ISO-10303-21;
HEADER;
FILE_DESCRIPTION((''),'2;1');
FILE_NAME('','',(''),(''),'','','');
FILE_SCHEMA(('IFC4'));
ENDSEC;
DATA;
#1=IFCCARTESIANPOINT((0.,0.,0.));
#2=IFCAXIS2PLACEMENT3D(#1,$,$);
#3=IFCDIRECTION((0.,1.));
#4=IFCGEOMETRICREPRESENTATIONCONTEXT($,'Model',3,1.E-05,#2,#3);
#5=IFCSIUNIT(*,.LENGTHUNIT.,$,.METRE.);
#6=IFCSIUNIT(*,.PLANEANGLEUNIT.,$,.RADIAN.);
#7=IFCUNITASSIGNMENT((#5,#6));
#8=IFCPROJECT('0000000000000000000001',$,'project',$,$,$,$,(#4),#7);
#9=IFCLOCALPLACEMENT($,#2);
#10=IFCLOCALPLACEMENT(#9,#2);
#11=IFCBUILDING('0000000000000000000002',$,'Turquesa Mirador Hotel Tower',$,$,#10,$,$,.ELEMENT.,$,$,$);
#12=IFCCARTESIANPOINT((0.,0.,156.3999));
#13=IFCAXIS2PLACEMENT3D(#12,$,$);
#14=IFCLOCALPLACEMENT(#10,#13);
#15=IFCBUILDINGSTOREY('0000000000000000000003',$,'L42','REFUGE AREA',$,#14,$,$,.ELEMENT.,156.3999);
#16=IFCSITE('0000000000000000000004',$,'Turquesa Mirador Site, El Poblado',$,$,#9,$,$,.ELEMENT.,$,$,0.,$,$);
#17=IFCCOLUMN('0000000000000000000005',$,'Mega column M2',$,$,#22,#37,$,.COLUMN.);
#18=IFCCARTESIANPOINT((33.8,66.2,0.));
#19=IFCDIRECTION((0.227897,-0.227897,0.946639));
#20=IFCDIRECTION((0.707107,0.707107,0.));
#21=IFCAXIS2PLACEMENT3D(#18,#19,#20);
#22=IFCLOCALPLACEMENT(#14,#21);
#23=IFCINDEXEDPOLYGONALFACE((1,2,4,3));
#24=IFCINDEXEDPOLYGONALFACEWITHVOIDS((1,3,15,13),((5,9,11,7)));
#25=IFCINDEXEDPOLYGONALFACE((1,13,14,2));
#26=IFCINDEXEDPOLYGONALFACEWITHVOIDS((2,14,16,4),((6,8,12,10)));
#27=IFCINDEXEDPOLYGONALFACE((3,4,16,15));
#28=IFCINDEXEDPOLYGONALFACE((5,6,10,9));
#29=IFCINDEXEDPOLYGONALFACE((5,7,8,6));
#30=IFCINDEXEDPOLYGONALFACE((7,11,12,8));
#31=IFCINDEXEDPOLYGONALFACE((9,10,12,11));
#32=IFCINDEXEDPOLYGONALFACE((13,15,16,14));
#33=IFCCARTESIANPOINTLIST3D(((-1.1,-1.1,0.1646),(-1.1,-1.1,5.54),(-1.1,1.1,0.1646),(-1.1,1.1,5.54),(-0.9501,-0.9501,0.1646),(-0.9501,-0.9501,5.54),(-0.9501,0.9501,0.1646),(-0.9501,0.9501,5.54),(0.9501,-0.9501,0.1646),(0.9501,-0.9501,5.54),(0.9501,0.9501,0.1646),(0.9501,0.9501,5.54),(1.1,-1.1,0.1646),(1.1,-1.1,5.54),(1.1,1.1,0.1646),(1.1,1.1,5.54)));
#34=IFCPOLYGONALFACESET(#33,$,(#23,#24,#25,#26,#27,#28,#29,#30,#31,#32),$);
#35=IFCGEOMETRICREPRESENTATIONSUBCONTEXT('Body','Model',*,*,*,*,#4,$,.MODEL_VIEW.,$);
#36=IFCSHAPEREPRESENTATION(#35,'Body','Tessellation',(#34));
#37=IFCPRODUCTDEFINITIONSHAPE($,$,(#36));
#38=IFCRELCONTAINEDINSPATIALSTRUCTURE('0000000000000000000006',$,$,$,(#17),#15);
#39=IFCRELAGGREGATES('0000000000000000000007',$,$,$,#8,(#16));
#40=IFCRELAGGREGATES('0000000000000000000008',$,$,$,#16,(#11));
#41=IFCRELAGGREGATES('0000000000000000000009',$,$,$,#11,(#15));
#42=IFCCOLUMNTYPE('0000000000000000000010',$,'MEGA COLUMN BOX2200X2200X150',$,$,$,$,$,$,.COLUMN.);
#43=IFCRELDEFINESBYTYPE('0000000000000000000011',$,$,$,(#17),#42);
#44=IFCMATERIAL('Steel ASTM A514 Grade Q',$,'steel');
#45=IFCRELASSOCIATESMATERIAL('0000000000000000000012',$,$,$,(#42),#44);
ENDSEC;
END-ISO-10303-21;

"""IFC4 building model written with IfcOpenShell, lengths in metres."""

from ifc_helpers import new_model, si_unit, direction, frame, origin, origin_2d, place, context, subcontext, project, spatial, hollow_rectangle, extrude, clip, halfspace, material, material_profile, profile_set, type_object, element, save


model = new_model("IFC4")

# Units and contexts
model_context = context("Model", 3, precision=1e-05, world=origin(), true_north=direction((0.0, 1.0)))
body_context = subcontext(model_context, "Body", "Model", "MODEL_VIEW")
ifc_project = project(units=[si_unit("LENGTHUNIT", "METRE"), si_unit("PLANEANGLEUNIT", "RADIAN")], contexts=[model_context])

# Site, building, storey
site_placement = place(None, origin())
site = spatial("IfcSite", under=ifc_project, at=site_placement, Name="Turquesa Mirador Site, El Poblado", CompositionType="ELEMENT", RefElevation=0.0)
building_placement = place(site_placement, origin())
building = spatial("IfcBuilding", under=site, at=building_placement, Name="Turquesa Mirador Hotel Tower", CompositionType="ELEMENT")
storey_placement = place(building_placement, frame((0.0, 0.0, 156.3999)))
storey = spatial("IfcBuildingStorey", under=building, at=storey_placement, Name="L42", Description="REFUGE AREA", CompositionType="ELEMENT", Elevation=156.3999)

# Column
ifc_material_1 = material(Name="Steel ASTM A514 Grade Q", Category="steel")
ifc_material_profile_1 = material_profile(ifc_material_1, hollow_rectangle(XDim=2.2, YDim=2.2, WallThickness=0.1499, at=origin_2d()), Name="BOX2200X2200X150")
ifc_profile_set_1 = profile_set([ifc_material_profile_1], Name="Steel ASTM A514 Grade Q")
column_type = type_object("IfcColumnType", Name="MEGA COLUMN BOX2200X2200X150", PredefinedType="COLUMN", material=ifc_profile_set_1)
column_placement = place(storey_placement, frame((33.8, 66.2, 0.0), z_axis=(0.227897, -0.227897, 0.946639), x_axis=(0.707107, 0.707107, 0.0)))
element("IfcColumn", 1, at=column_placement, inside=storey, type_object=column_type, Name="Mega column M2", PredefinedType="COLUMN", context=body_context, shape_type="Clipping", body=[
    clip(clip(extrude(hollow_rectangle(XDim=2.2, YDim=2.2, WallThickness=0.1499, at=origin_2d()), origin(), (0.0, 0.0, 1.0), 5.7046), halfspace(frame((0.0, 0.0, 0.1646), z_axis=(0.0, 0.0, -1.0), x_axis=(1.0, 0.0, 0.0)), False)), halfspace(frame((0.0, 0.0, 5.54), z_axis=(0.0, 0.0, 1.0), x_axis=(1.0, 0.0, 0.0)), False)),
])

save(model, "model.ifc")
